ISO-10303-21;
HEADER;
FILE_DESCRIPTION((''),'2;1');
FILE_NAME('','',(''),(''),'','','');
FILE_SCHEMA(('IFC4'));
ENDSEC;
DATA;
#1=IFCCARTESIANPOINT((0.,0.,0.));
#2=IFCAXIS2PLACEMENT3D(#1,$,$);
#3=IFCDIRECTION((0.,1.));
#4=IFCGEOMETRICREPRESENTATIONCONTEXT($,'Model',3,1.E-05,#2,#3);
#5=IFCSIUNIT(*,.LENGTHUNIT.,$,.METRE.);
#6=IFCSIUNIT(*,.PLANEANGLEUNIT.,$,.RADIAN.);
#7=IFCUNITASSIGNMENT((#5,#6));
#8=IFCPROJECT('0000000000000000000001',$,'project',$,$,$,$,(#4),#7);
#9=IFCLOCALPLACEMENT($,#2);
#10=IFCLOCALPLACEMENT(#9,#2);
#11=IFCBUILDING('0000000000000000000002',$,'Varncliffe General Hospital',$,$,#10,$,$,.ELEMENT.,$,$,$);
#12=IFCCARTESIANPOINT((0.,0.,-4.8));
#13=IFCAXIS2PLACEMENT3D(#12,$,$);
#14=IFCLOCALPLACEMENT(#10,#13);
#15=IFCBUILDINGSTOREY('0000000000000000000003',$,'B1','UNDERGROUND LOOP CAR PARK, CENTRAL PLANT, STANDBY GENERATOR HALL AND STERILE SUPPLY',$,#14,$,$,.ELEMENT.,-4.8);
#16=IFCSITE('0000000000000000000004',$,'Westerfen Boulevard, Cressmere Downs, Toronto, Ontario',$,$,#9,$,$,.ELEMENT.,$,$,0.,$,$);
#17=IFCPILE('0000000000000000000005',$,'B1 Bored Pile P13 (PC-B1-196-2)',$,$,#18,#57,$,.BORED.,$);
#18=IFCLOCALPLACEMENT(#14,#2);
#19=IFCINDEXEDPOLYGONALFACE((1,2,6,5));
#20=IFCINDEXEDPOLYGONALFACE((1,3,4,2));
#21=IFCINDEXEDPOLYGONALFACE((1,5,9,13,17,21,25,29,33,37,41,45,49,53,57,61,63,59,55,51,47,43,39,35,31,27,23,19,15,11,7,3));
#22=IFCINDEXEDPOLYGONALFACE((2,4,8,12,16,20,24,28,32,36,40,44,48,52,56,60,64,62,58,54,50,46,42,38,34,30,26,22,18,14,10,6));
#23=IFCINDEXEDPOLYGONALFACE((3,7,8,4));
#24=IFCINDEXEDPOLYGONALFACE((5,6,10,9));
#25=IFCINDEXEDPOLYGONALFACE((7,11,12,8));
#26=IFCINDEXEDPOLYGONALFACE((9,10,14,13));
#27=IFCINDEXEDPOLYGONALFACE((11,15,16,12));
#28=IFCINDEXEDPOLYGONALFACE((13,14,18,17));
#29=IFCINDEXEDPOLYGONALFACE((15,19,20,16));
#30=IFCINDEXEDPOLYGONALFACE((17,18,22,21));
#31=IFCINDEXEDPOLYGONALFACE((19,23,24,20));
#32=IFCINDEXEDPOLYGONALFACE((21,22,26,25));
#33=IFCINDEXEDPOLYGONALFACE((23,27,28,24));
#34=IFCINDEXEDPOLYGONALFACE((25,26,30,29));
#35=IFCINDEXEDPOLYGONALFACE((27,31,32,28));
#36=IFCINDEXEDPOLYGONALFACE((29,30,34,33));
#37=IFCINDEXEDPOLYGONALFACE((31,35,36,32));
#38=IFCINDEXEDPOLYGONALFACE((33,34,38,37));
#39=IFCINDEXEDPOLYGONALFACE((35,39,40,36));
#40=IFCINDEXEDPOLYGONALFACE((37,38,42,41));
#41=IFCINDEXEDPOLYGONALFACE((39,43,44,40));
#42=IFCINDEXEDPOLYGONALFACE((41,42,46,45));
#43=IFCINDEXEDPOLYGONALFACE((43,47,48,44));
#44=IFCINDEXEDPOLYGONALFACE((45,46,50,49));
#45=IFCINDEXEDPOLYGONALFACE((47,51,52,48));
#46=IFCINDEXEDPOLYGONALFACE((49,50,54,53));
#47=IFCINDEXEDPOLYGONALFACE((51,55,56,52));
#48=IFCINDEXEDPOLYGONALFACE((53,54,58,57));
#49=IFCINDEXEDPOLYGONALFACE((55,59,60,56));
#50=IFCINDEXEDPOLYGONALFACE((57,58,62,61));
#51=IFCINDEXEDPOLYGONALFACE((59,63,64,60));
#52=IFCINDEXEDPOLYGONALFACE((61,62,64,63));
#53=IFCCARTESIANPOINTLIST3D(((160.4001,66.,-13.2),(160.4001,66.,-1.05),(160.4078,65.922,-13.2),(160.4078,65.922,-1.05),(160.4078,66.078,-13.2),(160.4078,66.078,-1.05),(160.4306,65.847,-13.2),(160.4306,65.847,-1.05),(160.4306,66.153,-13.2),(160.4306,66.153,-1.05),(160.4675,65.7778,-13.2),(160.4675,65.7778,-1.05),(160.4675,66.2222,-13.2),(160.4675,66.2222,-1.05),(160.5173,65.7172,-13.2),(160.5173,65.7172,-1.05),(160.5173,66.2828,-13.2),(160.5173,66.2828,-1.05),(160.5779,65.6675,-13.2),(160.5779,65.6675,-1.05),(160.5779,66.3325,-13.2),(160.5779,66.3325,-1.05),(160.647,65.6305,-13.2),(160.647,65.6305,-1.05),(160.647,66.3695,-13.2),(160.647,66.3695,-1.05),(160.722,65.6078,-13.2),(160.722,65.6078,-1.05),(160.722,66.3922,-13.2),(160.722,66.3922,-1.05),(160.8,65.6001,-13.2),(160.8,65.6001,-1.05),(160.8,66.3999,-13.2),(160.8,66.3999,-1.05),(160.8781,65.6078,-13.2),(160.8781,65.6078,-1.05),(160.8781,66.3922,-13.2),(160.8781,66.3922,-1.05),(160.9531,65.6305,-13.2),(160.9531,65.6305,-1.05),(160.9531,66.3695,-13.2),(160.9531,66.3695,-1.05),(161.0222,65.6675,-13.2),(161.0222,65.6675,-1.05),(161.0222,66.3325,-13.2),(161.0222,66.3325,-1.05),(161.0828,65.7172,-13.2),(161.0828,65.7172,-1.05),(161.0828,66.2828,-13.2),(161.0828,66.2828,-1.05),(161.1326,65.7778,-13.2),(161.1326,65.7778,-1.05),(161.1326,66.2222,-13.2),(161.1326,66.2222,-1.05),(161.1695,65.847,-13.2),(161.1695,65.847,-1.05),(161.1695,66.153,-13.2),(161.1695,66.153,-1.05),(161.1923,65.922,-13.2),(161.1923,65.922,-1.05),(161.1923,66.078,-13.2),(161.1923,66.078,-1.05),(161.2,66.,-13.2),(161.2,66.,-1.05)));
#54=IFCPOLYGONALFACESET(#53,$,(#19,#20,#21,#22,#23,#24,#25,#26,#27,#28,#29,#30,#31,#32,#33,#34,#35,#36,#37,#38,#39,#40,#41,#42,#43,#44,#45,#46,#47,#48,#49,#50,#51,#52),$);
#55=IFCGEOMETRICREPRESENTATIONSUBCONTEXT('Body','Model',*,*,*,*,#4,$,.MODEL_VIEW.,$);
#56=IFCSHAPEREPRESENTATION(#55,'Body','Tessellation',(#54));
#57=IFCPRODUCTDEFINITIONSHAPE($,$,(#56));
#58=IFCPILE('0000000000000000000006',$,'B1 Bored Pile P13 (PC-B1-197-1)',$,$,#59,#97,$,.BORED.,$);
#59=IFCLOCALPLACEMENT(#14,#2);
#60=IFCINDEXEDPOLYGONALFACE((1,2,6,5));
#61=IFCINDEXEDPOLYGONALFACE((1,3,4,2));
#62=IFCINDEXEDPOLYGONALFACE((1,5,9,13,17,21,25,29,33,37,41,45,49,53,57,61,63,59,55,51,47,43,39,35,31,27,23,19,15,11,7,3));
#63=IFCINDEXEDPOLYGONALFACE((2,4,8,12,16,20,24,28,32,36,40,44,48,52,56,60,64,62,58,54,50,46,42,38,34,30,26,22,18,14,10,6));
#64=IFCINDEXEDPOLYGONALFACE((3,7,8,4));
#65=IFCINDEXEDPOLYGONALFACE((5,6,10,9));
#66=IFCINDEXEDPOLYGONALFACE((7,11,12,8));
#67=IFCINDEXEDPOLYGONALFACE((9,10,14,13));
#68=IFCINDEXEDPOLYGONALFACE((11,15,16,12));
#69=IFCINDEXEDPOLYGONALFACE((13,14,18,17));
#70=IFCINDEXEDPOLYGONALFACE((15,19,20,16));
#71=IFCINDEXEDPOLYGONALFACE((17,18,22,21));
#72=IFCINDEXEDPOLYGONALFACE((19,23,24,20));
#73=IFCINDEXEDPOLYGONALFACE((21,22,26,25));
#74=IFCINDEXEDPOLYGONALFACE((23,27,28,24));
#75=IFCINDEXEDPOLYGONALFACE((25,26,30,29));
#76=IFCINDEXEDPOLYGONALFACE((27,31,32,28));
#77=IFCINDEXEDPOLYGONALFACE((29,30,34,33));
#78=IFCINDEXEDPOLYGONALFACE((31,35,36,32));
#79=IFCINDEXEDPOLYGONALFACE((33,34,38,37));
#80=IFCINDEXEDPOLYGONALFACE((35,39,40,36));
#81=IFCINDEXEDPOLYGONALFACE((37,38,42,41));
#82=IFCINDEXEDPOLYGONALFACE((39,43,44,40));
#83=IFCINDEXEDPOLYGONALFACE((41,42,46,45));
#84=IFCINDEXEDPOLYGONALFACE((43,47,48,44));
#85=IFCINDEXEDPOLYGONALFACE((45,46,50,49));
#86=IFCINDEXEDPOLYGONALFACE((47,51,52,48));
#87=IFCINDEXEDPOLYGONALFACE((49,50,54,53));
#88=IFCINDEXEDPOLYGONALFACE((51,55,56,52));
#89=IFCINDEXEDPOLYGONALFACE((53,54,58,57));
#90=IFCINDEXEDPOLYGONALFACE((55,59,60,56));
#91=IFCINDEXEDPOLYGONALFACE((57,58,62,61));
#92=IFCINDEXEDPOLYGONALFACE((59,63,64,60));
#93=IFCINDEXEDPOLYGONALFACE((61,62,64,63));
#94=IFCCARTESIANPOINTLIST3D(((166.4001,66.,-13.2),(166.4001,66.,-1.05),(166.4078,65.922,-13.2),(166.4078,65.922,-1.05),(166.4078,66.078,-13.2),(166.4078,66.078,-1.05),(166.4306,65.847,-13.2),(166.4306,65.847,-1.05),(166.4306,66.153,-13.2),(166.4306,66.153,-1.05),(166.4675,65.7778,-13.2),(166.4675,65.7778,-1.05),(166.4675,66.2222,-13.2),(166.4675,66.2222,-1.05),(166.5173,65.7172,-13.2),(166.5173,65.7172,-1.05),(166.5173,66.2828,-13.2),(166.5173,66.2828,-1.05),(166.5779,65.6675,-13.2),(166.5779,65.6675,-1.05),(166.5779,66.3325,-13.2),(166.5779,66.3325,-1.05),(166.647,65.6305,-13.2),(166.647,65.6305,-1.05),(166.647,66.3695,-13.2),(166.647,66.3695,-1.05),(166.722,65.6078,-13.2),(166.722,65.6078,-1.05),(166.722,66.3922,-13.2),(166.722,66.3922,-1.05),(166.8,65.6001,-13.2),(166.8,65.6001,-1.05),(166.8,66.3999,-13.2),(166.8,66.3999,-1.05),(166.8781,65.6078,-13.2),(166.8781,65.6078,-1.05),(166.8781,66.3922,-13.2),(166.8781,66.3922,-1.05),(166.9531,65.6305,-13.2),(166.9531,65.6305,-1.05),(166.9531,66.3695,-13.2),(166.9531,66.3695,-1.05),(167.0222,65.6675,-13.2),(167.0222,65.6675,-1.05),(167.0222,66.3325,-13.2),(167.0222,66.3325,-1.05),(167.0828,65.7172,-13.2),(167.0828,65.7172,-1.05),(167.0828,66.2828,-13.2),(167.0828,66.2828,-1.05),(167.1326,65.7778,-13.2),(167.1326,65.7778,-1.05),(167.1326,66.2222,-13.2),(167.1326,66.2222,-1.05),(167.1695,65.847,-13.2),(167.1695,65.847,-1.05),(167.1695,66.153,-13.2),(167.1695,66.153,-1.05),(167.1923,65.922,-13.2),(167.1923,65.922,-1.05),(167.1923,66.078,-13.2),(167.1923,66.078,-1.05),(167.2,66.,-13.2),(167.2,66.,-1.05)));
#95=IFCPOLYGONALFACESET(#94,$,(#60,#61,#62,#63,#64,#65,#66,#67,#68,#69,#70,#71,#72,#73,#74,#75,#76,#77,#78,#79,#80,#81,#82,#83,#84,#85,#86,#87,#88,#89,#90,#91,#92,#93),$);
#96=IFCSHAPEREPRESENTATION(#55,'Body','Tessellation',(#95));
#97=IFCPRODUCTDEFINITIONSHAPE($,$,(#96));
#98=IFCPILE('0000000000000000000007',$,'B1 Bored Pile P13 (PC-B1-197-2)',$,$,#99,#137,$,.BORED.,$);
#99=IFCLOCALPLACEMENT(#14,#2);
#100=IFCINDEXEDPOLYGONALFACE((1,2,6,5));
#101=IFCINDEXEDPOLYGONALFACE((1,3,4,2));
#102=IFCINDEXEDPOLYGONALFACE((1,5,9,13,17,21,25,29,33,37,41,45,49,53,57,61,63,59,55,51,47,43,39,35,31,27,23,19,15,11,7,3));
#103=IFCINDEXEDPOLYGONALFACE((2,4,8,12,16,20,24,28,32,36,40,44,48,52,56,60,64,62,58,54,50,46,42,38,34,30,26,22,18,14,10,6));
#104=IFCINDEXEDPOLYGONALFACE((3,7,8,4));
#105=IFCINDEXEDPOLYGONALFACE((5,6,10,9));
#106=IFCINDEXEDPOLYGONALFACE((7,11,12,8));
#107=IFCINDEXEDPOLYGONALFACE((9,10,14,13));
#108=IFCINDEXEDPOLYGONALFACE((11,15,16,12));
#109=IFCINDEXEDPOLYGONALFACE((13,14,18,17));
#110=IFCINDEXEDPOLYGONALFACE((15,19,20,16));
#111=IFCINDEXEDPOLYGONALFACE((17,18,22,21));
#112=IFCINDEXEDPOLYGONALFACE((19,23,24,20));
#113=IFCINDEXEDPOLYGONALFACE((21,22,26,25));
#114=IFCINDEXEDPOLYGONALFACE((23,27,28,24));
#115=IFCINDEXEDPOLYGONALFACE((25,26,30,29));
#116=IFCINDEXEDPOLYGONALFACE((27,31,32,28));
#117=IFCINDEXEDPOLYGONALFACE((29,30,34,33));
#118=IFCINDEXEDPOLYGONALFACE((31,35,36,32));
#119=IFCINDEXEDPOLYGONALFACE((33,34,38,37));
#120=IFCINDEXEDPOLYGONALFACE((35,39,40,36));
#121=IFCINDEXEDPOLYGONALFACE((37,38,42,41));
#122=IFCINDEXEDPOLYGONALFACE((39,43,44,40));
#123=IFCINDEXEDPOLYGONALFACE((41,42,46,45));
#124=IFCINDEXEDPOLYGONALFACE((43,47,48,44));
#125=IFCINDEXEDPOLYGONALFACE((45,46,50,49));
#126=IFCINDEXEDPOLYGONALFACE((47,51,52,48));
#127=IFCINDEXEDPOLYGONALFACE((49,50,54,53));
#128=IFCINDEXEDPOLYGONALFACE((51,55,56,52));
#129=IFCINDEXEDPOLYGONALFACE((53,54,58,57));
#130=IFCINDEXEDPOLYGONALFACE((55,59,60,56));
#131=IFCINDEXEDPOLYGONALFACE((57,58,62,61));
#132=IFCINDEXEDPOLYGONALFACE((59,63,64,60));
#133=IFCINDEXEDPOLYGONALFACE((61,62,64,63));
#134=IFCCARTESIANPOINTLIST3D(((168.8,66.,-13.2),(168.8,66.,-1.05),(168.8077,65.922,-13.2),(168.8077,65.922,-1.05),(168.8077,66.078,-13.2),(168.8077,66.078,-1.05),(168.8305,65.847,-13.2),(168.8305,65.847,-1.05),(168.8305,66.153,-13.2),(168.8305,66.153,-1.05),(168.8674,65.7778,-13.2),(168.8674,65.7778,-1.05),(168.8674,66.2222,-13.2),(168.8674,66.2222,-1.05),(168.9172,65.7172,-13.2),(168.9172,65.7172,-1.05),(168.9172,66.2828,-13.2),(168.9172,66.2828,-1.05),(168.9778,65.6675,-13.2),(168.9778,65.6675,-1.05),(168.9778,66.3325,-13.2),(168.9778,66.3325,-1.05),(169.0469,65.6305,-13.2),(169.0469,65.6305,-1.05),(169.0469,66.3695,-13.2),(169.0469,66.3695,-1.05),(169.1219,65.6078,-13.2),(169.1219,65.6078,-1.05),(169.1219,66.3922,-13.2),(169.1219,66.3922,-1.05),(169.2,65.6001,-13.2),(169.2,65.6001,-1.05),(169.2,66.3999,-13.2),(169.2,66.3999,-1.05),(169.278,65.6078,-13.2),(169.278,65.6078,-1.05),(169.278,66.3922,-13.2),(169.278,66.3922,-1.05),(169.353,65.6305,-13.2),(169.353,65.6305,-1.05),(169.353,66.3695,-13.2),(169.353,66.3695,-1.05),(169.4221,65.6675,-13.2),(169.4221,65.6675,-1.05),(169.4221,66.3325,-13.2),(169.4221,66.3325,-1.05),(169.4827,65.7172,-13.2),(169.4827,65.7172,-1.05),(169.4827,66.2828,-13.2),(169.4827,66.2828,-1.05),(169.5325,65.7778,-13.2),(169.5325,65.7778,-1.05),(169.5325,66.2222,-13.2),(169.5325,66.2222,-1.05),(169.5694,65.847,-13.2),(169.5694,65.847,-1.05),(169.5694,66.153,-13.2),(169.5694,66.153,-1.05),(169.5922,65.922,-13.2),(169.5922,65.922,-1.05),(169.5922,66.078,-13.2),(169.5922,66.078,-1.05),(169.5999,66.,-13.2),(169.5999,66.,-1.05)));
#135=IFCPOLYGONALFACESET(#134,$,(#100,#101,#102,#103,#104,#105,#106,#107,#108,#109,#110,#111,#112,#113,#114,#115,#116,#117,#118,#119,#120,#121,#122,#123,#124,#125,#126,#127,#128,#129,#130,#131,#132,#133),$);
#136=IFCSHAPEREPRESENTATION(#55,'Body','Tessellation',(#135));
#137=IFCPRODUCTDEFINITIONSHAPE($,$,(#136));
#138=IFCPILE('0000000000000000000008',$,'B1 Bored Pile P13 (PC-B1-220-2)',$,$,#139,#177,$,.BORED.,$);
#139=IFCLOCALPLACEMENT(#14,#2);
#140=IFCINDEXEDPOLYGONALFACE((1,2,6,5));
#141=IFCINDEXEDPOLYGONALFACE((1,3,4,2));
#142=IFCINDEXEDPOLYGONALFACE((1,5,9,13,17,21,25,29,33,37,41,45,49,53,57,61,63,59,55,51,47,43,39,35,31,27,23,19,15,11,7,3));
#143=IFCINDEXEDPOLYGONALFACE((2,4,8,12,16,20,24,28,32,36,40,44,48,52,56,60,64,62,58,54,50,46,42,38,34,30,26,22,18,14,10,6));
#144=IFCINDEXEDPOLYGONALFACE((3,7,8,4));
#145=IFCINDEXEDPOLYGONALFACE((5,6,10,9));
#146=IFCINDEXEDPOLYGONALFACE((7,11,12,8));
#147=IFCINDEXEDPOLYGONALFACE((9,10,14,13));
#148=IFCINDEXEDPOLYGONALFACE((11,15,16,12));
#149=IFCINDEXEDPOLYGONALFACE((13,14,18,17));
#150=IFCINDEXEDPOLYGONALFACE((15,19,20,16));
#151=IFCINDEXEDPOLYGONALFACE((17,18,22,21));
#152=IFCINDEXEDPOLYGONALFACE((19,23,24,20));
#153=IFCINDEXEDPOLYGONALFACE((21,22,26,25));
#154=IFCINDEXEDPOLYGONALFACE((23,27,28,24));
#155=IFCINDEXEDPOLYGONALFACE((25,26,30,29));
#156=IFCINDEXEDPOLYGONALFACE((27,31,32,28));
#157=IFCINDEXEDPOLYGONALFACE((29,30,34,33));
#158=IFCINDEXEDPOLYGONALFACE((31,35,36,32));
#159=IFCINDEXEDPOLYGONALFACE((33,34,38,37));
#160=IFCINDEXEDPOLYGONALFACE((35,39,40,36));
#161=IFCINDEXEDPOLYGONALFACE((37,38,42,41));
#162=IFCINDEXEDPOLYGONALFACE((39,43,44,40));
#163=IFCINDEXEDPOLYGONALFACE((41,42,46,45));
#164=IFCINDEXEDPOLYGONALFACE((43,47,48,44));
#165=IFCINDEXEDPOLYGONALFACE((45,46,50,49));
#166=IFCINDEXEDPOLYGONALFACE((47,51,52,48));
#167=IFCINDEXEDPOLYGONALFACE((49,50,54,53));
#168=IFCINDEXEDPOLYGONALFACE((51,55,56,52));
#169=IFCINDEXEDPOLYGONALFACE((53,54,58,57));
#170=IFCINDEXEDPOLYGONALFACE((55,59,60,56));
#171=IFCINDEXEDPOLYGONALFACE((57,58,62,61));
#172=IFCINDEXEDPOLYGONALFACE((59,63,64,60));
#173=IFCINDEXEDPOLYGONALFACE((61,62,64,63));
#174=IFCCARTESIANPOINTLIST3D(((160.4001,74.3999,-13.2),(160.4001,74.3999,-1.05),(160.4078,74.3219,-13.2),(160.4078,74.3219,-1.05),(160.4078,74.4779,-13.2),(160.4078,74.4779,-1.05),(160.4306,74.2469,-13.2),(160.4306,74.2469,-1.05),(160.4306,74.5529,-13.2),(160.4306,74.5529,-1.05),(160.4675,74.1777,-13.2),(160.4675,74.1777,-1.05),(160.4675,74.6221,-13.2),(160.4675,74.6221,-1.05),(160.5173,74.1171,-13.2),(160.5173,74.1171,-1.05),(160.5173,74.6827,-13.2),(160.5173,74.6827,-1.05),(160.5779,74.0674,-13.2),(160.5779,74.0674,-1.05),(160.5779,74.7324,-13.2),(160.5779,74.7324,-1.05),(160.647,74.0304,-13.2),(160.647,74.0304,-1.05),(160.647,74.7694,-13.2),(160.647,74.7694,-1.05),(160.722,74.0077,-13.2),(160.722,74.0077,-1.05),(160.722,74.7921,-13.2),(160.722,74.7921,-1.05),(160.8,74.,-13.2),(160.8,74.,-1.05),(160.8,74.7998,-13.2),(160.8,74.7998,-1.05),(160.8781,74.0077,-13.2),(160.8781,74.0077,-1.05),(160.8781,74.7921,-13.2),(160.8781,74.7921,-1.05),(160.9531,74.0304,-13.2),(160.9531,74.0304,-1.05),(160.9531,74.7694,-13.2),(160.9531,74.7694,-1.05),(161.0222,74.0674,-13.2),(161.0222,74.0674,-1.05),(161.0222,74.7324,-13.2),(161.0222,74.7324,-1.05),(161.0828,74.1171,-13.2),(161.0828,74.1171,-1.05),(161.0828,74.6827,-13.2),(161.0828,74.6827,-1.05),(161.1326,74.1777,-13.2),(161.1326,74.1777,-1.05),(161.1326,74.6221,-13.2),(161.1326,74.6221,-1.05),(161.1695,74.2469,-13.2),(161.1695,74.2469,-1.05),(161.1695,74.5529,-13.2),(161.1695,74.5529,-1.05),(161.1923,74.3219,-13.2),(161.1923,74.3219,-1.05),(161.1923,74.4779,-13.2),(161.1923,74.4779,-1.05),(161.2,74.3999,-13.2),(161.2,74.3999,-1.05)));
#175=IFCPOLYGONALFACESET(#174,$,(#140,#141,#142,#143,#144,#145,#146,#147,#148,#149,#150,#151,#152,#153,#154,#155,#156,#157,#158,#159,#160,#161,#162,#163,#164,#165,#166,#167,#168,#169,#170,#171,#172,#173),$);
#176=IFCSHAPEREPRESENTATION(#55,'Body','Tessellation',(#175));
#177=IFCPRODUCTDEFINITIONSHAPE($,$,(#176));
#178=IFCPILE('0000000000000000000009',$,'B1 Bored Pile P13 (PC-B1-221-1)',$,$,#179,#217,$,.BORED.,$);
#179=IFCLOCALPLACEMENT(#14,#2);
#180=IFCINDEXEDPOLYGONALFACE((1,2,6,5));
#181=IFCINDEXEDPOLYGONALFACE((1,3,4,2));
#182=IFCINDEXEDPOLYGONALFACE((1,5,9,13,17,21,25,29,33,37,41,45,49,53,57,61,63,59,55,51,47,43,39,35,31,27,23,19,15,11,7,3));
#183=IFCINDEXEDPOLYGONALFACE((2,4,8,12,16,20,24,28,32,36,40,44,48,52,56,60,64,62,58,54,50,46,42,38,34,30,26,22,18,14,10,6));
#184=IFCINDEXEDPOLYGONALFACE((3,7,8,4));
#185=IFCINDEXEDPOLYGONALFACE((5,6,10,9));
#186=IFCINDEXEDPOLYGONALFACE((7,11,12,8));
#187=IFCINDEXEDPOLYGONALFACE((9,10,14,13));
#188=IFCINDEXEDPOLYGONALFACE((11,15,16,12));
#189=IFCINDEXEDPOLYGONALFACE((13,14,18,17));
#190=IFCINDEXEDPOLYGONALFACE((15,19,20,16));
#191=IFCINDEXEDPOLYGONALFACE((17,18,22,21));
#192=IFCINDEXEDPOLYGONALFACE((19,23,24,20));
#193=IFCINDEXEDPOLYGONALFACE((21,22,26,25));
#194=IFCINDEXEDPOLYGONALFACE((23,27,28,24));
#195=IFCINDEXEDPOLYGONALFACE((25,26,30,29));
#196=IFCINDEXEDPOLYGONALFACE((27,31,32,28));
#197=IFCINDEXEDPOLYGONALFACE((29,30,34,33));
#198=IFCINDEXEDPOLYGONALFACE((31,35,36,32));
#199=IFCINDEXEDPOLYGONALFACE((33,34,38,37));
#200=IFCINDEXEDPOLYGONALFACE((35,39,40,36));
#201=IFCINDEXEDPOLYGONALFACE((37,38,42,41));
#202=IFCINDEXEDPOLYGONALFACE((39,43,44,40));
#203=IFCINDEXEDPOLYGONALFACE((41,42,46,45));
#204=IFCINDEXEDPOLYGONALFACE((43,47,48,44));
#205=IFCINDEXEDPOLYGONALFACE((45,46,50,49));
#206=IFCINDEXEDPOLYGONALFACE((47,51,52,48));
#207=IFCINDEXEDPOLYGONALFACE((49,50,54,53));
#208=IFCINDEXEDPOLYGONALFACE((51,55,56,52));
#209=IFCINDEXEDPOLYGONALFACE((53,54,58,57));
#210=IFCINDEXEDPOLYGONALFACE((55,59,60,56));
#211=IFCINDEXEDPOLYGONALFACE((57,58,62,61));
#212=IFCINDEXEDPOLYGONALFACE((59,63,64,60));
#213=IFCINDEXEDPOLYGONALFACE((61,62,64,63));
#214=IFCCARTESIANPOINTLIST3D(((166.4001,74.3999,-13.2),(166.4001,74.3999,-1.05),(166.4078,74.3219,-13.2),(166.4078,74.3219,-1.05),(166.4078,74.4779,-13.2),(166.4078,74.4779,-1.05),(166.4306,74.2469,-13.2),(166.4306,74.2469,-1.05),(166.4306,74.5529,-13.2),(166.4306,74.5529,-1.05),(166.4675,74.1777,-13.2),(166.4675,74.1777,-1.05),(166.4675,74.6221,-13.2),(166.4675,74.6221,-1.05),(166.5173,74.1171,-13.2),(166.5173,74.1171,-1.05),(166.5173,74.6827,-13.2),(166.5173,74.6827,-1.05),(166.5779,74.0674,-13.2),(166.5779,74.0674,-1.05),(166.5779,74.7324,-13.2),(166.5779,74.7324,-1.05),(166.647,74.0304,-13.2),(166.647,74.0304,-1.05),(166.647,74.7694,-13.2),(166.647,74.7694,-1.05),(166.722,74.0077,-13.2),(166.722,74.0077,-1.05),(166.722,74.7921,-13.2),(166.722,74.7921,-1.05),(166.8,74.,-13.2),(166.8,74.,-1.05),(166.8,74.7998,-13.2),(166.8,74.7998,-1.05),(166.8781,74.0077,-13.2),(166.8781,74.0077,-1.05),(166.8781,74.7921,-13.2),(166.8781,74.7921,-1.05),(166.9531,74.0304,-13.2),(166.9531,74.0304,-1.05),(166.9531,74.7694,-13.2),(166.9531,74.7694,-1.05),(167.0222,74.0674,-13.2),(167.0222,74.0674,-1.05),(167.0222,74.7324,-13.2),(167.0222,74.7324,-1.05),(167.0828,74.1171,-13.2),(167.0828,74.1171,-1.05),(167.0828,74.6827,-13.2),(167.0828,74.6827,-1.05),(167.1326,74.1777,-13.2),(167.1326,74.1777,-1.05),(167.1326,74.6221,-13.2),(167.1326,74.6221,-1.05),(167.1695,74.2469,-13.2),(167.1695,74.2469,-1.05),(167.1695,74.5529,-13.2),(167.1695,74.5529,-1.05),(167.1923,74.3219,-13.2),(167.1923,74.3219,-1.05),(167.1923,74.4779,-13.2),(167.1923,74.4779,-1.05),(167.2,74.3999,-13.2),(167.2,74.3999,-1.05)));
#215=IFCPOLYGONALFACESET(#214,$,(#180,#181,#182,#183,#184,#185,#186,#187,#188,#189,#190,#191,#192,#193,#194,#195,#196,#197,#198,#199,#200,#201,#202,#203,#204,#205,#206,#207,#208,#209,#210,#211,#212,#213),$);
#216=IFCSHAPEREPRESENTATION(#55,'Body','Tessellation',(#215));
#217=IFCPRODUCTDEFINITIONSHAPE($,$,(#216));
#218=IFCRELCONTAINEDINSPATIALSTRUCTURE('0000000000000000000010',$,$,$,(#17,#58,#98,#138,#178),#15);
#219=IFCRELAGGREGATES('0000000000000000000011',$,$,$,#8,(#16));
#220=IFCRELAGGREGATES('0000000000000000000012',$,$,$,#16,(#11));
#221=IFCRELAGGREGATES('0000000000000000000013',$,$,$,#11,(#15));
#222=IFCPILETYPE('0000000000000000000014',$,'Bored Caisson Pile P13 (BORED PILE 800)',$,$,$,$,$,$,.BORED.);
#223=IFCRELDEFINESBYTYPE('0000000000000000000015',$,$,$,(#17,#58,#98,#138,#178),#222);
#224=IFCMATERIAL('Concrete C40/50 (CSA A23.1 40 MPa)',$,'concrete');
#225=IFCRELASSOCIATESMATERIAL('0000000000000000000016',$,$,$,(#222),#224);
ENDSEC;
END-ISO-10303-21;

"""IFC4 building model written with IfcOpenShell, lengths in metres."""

from ifc_helpers import new_model, si_unit, direction, frame, origin, origin_2d, place, context, subcontext, project, spatial, circle, extrude, material, material_profile, profile_set, type_object, element, save


model = new_model("IFC4")

# Units and contexts
model_context = context("Model", 3, precision=1e-05, world=origin(), true_north=direction((0.0, 1.0)))
body_context = subcontext(model_context, "Body", "Model", "MODEL_VIEW")
ifc_project = project(units=[si_unit("LENGTHUNIT", "METRE"), si_unit("PLANEANGLEUNIT", "RADIAN")], contexts=[model_context])

# Site, building, storey
site_placement = place(None, origin())
site = spatial("IfcSite", under=ifc_project, at=site_placement, Name="Westerfen Boulevard, Cressmere Downs, Toronto, Ontario", CompositionType="ELEMENT", RefElevation=0.0)
building_placement = place(site_placement, origin())
building = spatial("IfcBuilding", under=site, at=building_placement, Name="Varncliffe General Hospital", CompositionType="ELEMENT")
storey_placement = place(building_placement, frame((0.0, 0.0, -4.8)))
storey = spatial("IfcBuildingStorey", under=building, at=storey_placement, Name="B1", Description="UNDERGROUND LOOP CAR PARK, CENTRAL PLANT, STANDBY GENERATOR HALL AND STERILE SUPPLY", CompositionType="ELEMENT", Elevation=-4.8)

# Piles
ifc_material_1 = material(Name="Concrete C40/50 (CSA A23.1 40 MPa)", Category="concrete")
ifc_material_profile_1 = material_profile(ifc_material_1, circle(Radius=0.3999, at=origin_2d()), Name="BORED PILE 800")
ifc_profile_set_1 = profile_set([ifc_material_profile_1], Name="Concrete C40/50 (CSA A23.1 40 MPa)")
pile_type = type_object("IfcPileType", Name="Bored Caisson Pile P13 (BORED PILE 800)", PredefinedType="BORED", material=ifc_profile_set_1)
for number, where, z_axis, x_axis, name in (
    (1, (160.8, 66.0, -1.05), (0.0, 0.0, -1.0), (1.0, 0.0, 0.0), "B1 Bored Pile P13 (PC-B1-196-2)"),
    (2, (166.8, 66.0, -1.05), (0.0, 0.0, -1.0), (1.0, 0.0, 0.0), "B1 Bored Pile P13 (PC-B1-197-1)"),
    (3, (169.2, 66.0, -1.05), (0.0, 0.0, -1.0), (1.0, 0.0, 0.0), "B1 Bored Pile P13 (PC-B1-197-2)"),
    (4, (160.8, 74.3999, -1.05), (0.0, 0.0, -1.0), (1.0, 0.0, 0.0), "B1 Bored Pile P13 (PC-B1-220-2)"),
    (5, (166.8, 74.3999, -1.05), (0.0, 0.0, -1.0), (1.0, 0.0, 0.0), "B1 Bored Pile P13 (PC-B1-221-1)"),
):
    element("IfcPile", number, at=place(storey_placement, frame(where, z_axis=z_axis, x_axis=x_axis)), inside=storey, type_object=pile_type, Name=name, PredefinedType="BORED", context=body_context, shape_type="SweptSolid", body=[
        extrude(circle(Radius=0.3999, at=origin_2d()), origin(), (0.0, 0.0, 1.0), 12.1499),
    ])

save(model, "model.ifc")
